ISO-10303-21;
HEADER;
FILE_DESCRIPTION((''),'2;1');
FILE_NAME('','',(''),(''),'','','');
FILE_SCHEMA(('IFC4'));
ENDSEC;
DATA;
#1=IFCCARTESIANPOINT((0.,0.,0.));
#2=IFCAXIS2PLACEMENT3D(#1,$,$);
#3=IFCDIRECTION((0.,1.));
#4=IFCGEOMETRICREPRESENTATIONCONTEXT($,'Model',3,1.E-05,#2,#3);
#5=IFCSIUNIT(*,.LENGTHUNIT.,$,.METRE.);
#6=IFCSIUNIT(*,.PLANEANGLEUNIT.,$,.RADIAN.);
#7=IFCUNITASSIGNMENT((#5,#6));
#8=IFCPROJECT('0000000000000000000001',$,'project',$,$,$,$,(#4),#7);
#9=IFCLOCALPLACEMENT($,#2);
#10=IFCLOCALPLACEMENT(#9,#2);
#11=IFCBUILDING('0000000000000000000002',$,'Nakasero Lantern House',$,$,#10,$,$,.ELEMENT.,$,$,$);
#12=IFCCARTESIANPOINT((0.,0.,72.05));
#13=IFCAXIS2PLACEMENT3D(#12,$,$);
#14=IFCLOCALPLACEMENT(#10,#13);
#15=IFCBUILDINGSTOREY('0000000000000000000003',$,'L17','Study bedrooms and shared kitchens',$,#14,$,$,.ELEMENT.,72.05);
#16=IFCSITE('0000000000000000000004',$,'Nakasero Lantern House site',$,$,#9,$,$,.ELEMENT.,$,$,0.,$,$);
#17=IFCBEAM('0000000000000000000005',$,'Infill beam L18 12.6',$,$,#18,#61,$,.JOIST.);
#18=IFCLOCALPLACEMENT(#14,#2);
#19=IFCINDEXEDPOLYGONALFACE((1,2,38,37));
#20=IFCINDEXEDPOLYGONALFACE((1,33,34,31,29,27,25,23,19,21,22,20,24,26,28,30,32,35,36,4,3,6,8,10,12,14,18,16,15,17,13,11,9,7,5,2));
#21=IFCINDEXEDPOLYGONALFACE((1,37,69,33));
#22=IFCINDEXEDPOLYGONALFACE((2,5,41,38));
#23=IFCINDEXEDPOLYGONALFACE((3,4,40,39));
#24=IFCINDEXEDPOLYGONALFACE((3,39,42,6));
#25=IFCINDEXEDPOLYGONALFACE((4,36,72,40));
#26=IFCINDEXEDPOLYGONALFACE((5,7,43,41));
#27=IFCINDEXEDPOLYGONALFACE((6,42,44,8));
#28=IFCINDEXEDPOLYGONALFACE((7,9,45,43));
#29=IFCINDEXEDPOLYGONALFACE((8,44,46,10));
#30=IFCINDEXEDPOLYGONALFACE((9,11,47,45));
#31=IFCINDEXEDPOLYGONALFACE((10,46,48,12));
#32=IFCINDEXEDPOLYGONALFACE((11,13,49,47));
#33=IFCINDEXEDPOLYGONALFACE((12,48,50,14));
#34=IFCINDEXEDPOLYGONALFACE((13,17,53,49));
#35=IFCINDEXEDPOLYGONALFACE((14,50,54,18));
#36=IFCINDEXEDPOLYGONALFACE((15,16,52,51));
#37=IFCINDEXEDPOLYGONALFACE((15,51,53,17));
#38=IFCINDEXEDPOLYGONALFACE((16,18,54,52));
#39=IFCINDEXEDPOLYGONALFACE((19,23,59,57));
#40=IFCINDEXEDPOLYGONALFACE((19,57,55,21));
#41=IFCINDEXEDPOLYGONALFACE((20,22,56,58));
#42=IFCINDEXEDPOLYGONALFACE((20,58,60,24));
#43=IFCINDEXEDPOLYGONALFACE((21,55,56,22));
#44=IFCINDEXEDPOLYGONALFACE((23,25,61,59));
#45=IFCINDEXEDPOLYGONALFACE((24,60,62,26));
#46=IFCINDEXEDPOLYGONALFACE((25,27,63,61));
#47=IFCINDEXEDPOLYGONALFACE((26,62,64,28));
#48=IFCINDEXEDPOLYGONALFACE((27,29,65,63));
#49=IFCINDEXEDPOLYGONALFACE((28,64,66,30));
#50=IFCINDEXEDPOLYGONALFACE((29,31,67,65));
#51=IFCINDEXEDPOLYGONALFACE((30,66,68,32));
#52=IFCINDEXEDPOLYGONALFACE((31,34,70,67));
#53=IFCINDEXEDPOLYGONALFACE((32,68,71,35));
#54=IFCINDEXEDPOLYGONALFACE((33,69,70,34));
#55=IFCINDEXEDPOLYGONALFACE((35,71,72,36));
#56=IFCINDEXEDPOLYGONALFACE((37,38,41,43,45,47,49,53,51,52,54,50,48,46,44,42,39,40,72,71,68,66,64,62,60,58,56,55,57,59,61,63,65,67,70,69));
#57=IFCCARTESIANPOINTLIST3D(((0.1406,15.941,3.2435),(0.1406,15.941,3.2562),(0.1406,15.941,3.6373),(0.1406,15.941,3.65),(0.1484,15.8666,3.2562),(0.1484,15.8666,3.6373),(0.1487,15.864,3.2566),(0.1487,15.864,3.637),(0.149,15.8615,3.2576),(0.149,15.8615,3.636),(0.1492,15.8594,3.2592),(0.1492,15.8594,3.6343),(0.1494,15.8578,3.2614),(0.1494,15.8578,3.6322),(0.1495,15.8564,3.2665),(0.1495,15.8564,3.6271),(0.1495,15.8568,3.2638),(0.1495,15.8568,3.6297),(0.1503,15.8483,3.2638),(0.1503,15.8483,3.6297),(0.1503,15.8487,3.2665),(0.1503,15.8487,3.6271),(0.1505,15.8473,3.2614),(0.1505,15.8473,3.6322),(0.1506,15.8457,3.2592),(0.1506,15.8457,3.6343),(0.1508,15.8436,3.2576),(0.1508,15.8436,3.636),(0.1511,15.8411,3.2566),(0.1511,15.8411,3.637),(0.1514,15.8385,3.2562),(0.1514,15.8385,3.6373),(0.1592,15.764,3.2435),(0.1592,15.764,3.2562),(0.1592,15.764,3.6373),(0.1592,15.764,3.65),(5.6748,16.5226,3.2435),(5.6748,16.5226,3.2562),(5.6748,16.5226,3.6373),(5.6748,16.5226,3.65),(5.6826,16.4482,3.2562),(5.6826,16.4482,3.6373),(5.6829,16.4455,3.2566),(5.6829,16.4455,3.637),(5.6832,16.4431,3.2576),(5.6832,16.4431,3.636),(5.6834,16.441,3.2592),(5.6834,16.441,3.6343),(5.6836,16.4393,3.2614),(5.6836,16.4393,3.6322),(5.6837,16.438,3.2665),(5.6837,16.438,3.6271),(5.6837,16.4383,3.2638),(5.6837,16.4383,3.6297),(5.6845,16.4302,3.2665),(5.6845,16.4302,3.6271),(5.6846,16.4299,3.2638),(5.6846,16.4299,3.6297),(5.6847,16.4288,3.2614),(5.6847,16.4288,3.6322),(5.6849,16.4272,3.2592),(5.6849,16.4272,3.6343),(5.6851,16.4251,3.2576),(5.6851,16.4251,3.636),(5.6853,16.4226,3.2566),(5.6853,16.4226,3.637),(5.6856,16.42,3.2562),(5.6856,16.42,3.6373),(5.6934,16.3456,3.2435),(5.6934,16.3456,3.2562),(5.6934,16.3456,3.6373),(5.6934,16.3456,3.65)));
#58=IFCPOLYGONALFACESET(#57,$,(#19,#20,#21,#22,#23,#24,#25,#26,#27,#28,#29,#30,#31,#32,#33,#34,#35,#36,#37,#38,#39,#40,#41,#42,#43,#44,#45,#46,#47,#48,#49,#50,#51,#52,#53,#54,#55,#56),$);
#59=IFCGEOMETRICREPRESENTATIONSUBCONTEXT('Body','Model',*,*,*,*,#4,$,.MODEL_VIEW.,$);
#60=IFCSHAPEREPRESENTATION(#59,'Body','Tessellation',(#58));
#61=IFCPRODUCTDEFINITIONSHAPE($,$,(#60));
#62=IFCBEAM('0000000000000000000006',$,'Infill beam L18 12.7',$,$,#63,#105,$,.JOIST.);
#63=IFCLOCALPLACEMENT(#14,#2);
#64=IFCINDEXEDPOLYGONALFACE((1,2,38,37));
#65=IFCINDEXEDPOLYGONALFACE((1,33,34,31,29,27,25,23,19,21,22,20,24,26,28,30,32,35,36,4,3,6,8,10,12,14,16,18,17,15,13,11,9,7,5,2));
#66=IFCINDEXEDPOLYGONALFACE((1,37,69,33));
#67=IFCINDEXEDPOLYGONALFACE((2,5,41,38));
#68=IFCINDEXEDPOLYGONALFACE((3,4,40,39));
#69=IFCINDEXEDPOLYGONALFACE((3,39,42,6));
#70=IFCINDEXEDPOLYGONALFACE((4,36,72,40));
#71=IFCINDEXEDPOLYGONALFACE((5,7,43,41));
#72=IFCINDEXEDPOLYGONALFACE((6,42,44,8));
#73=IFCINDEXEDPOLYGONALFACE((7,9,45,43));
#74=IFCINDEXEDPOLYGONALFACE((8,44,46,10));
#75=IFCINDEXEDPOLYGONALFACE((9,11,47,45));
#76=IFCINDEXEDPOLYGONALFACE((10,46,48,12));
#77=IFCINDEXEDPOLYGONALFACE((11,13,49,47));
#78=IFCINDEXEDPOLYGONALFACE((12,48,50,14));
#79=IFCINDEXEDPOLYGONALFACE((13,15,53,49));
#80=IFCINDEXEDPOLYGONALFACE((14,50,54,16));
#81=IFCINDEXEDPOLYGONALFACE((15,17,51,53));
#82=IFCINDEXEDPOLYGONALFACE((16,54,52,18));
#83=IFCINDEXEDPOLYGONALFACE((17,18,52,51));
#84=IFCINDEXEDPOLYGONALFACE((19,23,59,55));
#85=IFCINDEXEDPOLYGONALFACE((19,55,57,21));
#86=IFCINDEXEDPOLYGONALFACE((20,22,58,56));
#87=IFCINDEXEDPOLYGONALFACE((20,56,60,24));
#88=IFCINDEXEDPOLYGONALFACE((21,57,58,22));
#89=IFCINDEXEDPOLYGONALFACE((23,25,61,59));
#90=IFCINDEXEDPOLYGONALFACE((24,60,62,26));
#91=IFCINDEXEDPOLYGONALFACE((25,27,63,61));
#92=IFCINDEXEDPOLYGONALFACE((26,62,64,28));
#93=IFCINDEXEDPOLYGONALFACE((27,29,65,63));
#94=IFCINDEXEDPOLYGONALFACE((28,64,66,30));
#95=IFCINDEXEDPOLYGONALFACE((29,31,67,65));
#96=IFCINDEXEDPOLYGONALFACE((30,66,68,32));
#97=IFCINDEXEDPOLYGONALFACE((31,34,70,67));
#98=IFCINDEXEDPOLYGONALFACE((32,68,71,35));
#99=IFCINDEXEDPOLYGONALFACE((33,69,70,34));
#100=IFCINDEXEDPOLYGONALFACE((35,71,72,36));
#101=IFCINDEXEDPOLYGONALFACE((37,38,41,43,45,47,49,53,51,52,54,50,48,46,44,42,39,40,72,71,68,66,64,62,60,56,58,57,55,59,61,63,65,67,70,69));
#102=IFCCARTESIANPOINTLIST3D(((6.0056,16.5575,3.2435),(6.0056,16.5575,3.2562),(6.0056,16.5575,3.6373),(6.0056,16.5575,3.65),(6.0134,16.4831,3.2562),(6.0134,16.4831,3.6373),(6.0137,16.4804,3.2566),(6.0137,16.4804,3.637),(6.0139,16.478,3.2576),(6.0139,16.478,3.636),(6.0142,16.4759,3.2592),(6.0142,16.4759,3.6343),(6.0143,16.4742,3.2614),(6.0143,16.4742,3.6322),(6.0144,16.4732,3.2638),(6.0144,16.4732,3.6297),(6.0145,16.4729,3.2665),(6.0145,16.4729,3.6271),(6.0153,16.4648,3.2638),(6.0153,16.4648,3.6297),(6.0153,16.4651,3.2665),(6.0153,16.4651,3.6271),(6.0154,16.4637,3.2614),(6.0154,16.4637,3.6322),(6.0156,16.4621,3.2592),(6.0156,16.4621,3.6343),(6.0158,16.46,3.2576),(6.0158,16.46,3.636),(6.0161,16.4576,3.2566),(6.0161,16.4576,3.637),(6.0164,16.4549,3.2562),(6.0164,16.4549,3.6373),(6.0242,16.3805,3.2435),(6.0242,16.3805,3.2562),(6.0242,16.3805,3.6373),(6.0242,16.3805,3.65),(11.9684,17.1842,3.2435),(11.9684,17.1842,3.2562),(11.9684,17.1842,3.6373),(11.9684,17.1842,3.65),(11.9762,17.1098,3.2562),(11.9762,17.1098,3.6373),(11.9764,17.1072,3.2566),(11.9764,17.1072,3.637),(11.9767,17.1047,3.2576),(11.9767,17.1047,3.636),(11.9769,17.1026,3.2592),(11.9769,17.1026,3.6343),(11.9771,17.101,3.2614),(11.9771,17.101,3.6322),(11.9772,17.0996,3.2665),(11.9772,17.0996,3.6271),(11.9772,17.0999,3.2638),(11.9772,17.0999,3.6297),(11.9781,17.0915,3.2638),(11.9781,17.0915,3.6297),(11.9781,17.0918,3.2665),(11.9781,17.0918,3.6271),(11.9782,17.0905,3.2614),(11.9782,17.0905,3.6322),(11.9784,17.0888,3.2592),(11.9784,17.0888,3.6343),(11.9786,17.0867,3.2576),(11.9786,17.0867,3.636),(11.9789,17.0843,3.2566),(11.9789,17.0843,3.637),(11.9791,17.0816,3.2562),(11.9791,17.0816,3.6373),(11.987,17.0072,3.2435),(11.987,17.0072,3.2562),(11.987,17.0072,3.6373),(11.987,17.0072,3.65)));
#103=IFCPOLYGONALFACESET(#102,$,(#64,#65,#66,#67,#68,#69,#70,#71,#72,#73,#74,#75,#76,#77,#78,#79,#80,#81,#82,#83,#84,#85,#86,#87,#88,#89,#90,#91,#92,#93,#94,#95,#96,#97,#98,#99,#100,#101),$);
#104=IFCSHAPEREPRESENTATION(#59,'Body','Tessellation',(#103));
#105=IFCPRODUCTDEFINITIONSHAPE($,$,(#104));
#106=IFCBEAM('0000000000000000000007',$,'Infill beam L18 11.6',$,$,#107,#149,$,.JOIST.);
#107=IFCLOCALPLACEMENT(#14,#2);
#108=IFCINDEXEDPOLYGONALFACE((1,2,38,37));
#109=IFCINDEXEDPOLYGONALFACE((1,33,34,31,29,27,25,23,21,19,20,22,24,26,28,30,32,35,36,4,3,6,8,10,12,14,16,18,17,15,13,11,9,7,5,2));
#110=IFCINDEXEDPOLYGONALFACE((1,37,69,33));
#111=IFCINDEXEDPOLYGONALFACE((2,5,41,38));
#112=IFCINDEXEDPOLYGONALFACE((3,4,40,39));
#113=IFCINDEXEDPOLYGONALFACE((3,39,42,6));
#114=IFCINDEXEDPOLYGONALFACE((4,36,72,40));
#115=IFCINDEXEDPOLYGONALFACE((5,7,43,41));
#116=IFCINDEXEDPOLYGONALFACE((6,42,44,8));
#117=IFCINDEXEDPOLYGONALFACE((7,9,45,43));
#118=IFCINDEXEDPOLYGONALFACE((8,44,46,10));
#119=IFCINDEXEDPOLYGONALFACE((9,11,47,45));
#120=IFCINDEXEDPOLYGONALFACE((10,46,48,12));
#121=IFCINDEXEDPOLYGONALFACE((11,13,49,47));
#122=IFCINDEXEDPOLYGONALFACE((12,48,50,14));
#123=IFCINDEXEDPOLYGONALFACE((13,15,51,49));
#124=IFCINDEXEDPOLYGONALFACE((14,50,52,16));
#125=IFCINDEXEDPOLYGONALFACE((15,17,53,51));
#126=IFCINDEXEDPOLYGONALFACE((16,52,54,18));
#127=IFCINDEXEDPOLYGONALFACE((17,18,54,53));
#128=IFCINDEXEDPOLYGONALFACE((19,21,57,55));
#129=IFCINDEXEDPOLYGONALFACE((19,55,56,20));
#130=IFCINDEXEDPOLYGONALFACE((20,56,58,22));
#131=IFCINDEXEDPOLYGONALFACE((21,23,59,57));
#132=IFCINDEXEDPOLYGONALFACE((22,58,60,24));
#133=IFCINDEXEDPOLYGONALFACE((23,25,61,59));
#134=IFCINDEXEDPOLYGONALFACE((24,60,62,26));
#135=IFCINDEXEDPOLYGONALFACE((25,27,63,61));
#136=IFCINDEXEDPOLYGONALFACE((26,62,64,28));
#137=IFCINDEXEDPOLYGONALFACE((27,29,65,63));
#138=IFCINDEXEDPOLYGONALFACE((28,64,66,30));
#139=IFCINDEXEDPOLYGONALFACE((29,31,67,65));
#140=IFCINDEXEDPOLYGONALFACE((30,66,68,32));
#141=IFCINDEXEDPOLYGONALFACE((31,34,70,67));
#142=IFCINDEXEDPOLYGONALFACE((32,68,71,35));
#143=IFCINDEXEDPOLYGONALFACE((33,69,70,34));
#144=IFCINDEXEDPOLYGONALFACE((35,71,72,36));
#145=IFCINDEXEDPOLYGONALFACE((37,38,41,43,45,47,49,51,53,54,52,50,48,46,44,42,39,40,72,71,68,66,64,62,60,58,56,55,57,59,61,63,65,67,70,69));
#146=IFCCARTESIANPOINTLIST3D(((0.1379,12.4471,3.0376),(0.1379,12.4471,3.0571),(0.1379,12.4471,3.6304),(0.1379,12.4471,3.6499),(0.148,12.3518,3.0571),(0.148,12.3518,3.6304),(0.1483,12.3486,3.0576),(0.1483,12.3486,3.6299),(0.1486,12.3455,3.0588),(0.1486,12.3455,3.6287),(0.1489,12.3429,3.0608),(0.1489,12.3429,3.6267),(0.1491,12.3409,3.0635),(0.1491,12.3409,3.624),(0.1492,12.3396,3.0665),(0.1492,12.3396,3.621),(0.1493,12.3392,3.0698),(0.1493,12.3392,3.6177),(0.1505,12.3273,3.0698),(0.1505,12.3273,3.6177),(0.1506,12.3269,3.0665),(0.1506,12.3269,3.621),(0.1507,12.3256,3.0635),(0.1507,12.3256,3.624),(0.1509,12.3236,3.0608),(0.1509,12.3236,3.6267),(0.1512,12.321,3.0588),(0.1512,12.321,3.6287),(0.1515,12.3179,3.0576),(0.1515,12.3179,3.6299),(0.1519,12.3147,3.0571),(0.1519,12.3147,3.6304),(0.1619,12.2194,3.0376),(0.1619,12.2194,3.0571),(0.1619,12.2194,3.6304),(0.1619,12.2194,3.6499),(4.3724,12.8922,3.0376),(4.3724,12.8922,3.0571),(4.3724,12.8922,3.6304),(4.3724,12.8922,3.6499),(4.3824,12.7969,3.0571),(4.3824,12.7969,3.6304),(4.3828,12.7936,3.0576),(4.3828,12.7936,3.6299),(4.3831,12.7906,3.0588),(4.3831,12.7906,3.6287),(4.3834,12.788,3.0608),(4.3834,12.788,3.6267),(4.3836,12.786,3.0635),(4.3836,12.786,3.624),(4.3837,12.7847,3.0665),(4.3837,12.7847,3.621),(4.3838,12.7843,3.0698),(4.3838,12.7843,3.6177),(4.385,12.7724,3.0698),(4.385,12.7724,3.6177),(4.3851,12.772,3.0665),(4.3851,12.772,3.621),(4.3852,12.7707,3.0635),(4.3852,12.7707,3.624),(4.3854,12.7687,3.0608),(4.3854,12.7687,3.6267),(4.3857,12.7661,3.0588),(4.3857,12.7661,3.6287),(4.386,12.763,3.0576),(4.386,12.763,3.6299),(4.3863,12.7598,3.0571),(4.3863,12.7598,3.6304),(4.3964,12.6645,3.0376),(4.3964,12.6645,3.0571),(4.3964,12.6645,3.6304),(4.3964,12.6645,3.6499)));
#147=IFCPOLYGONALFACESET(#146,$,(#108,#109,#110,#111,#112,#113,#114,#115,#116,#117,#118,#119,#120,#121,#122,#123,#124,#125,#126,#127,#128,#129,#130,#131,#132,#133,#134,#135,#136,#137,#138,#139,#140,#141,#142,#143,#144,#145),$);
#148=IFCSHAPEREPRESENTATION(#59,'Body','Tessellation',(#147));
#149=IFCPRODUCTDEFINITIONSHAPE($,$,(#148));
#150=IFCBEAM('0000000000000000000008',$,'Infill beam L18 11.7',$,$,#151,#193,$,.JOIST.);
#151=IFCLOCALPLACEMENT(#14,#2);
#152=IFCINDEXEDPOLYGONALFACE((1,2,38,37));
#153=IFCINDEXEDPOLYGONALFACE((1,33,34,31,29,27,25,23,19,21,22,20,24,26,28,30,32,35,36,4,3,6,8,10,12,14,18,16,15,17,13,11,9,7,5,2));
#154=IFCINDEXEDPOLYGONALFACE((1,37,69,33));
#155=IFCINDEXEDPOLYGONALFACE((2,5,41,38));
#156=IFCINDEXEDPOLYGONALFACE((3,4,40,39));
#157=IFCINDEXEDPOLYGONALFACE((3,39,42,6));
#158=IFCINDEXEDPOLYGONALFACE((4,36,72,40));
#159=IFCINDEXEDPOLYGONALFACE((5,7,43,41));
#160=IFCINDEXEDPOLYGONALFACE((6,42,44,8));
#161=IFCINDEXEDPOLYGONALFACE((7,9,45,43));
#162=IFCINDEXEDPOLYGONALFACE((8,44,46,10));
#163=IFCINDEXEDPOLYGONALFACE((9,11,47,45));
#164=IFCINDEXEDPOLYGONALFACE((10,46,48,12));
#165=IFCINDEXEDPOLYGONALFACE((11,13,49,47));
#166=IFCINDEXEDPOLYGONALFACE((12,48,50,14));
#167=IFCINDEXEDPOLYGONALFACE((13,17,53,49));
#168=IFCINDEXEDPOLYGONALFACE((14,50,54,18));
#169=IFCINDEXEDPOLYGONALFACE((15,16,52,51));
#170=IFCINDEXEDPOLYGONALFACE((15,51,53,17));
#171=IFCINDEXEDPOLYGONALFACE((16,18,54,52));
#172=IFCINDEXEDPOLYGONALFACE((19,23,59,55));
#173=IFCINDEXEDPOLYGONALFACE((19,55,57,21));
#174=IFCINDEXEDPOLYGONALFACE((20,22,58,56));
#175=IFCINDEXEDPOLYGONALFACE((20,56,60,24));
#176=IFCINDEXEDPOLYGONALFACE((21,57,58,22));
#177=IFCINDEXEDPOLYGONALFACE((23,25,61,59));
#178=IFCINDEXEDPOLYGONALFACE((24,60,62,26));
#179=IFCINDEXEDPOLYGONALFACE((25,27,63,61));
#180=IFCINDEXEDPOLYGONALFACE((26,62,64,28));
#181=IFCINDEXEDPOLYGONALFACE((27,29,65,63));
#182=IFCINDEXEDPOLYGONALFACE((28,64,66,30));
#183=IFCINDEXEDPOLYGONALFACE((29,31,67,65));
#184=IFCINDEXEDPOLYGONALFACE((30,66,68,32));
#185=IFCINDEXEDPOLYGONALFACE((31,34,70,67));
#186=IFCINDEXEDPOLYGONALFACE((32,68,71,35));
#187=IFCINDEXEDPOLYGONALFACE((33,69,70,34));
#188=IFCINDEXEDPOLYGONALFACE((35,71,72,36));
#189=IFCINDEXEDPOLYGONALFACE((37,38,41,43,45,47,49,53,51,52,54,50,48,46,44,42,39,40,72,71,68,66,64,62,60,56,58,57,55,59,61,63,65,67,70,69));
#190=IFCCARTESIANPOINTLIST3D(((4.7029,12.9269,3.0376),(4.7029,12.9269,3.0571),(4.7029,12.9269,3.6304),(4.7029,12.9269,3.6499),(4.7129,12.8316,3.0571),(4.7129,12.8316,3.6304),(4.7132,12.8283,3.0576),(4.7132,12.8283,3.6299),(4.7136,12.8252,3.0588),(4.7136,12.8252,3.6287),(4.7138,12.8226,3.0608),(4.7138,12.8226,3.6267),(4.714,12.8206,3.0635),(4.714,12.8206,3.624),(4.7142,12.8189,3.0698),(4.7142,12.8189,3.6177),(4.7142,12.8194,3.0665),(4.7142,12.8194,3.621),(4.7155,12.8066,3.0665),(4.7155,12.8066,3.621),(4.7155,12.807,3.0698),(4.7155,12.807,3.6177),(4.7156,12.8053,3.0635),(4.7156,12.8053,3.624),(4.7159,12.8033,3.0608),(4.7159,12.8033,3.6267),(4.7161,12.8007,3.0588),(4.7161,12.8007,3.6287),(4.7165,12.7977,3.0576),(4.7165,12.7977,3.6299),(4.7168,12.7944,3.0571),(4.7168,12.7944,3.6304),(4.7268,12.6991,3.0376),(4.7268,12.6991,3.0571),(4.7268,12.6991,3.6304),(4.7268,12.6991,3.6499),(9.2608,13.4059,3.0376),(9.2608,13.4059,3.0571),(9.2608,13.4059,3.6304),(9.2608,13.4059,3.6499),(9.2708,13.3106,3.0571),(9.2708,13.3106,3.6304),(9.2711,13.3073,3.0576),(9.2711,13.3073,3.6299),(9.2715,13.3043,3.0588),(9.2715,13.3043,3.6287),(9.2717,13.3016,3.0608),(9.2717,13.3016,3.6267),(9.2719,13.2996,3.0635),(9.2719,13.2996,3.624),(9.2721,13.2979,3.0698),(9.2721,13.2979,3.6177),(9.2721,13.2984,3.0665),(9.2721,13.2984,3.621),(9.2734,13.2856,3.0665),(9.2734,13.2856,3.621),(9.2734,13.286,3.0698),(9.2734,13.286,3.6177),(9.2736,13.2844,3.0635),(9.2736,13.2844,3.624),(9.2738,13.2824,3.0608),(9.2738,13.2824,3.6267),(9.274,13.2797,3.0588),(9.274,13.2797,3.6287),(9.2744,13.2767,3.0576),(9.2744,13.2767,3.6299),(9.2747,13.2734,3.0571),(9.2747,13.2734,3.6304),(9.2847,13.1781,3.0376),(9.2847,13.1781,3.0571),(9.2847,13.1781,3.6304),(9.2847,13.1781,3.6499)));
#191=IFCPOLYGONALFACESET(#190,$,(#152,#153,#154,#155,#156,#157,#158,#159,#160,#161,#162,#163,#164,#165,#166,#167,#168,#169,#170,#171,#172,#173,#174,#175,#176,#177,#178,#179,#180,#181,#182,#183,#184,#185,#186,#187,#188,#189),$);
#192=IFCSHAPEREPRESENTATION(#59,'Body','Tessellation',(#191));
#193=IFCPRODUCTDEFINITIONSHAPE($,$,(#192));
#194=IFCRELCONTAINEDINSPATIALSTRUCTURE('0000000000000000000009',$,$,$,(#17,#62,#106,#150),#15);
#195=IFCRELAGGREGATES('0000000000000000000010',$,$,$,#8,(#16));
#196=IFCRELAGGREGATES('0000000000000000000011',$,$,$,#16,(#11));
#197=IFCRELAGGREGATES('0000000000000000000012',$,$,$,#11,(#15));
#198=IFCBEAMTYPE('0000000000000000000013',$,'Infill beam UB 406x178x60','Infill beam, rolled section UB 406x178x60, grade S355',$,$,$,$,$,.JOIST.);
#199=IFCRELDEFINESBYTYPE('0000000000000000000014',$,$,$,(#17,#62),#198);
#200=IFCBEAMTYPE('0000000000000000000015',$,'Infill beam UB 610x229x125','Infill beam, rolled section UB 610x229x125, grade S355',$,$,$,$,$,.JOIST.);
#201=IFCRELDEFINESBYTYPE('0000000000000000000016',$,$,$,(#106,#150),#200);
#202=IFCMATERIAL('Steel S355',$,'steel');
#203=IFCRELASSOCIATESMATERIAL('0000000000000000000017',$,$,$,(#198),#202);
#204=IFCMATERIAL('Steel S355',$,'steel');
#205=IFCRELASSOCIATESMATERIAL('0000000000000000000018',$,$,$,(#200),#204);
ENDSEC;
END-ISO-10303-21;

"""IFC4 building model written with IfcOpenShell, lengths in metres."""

from ifc_helpers import new_model, si_unit, direction, frame, origin, origin_2d, place, context, subcontext, project, spatial, i_section, extrude, material, material_profile, profile_set, type_object, element, save


model = new_model("IFC4")

# Units and contexts
model_context = context("Model", 3, precision=1e-05, world=origin(), true_north=direction((0.0, 1.0)))
body_context = subcontext(model_context, "Body", "Model", "MODEL_VIEW")
ifc_project = project(units=[si_unit("LENGTHUNIT", "METRE"), si_unit("PLANEANGLEUNIT", "RADIAN")], contexts=[model_context])

# Site, building, storey
site_placement = place(None, origin())
site = spatial("IfcSite", under=ifc_project, at=site_placement, Name="Nakasero Lantern House site", CompositionType="ELEMENT", RefElevation=0.0)
building_placement = place(site_placement, origin())
building = spatial("IfcBuilding", under=site, at=building_placement, Name="Nakasero Lantern House", CompositionType="ELEMENT")
storey_placement = place(building_placement, frame((0.0, 0.0, 72.05)))
storey = spatial("IfcBuildingStorey", under=building, at=storey_placement, Name="L17", Description="Study bedrooms and shared kitchens", CompositionType="ELEMENT", Elevation=72.05)

# Beams
ifc_material_1 = material(Name="Steel S355", Category="steel")
ifc_material_profile_1 = material_profile(ifc_material_1, i_section(OverallWidth=0.178, OverallDepth=0.4065, WebThickness=0.0078, FlangeThickness=0.0127, FilletRadius=0.0103, at=origin_2d()), Name="UB 406x178x60")
ifc_profile_set_1 = profile_set([ifc_material_profile_1], Name="Steel S355")
beam_type_1 = type_object("IfcBeamType", Name="Infill beam UB 406x178x60", Description="Infill beam, rolled section UB 406x178x60, grade S355", PredefinedType="JOIST", material=ifc_profile_set_1)
beam_1_placement = place(storey_placement, frame((0.1499, 15.8525, 3.4468), z_axis=(0.994524, 0.104507, 0.0), x_axis=(-0.104507, 0.994524, 0.0)))
element("IfcBeam", 1, at=beam_1_placement, inside=storey, type_object=beam_type_1, Name="Infill beam L18 12.6", PredefinedType="JOIST", context=body_context, shape_type="SweptSolid", body=[
    extrude(i_section(OverallWidth=0.178, OverallDepth=0.4065, WebThickness=0.0078, FlangeThickness=0.0127, FilletRadius=0.0103, at=origin_2d()), origin(), (0.0, 0.0, 1.0), 5.5647),
])
beam_2_placement = place(storey_placement, frame((6.0149, 16.469, 3.4468), z_axis=(0.994522, 0.10453, 0.0), x_axis=(-0.10453, 0.994522, 0.0)))
element("IfcBeam", 2, at=beam_2_placement, inside=storey, type_object=beam_type_1, Name="Infill beam L18 12.7", PredefinedType="JOIST", context=body_context, shape_type="SweptSolid", body=[
    extrude(i_section(OverallWidth=0.178, OverallDepth=0.4065, WebThickness=0.0078, FlangeThickness=0.0127, FilletRadius=0.0103, at=origin_2d()), origin(), (0.0, 0.0, 1.0), 5.9956),
])
ifc_material_2 = material(Name="Steel S355", Category="steel")
ifc_material_profile_2 = material_profile(ifc_material_2, i_section(OverallWidth=0.229, OverallDepth=0.6123, WebThickness=0.012, FlangeThickness=0.0195, FilletRadius=0.0127, at=origin_2d()), Name="UB 610x229x125")
ifc_profile_set_2 = profile_set([ifc_material_profile_2], Name="Steel S355")
beam_type_2 = type_object("IfcBeamType", Name="Infill beam UB 610x229x125", Description="Infill beam, rolled section UB 610x229x125, grade S355", PredefinedType="JOIST", material=ifc_profile_set_2)
beam_3_placement = place(storey_placement, frame((0.1499, 12.3333, 3.3438), z_axis=(0.994521, 0.104533, 0.0), x_axis=(-0.104533, 0.994521, 0.0)))
element("IfcBeam", 3, at=beam_3_placement, inside=storey, type_object=beam_type_2, Name="Infill beam L18 11.6", PredefinedType="JOIST", context=body_context, shape_type="SweptSolid", body=[
    extrude(i_section(OverallWidth=0.229, OverallDepth=0.6123, WebThickness=0.012, FlangeThickness=0.0195, FilletRadius=0.0127, at=origin_2d()), origin(), (0.0, 0.0, 1.0), 4.2578),
])
beam_4_placement = place(storey_placement, frame((4.7148, 12.813, 3.3438), z_axis=(0.994523, 0.104518, 0.0), x_axis=(-0.104518, 0.994523, 0.0)))
element("IfcBeam", 4, at=beam_4_placement, inside=storey, type_object=beam_type_2, Name="Infill beam L18 11.7", PredefinedType="JOIST", context=body_context, shape_type="SweptSolid", body=[
    extrude(i_section(OverallWidth=0.229, OverallDepth=0.6123, WebThickness=0.012, FlangeThickness=0.0195, FilletRadius=0.0127, at=origin_2d()), origin(), (0.0, 0.0, 1.0), 4.583),
])

save(model, "model.ifc")
